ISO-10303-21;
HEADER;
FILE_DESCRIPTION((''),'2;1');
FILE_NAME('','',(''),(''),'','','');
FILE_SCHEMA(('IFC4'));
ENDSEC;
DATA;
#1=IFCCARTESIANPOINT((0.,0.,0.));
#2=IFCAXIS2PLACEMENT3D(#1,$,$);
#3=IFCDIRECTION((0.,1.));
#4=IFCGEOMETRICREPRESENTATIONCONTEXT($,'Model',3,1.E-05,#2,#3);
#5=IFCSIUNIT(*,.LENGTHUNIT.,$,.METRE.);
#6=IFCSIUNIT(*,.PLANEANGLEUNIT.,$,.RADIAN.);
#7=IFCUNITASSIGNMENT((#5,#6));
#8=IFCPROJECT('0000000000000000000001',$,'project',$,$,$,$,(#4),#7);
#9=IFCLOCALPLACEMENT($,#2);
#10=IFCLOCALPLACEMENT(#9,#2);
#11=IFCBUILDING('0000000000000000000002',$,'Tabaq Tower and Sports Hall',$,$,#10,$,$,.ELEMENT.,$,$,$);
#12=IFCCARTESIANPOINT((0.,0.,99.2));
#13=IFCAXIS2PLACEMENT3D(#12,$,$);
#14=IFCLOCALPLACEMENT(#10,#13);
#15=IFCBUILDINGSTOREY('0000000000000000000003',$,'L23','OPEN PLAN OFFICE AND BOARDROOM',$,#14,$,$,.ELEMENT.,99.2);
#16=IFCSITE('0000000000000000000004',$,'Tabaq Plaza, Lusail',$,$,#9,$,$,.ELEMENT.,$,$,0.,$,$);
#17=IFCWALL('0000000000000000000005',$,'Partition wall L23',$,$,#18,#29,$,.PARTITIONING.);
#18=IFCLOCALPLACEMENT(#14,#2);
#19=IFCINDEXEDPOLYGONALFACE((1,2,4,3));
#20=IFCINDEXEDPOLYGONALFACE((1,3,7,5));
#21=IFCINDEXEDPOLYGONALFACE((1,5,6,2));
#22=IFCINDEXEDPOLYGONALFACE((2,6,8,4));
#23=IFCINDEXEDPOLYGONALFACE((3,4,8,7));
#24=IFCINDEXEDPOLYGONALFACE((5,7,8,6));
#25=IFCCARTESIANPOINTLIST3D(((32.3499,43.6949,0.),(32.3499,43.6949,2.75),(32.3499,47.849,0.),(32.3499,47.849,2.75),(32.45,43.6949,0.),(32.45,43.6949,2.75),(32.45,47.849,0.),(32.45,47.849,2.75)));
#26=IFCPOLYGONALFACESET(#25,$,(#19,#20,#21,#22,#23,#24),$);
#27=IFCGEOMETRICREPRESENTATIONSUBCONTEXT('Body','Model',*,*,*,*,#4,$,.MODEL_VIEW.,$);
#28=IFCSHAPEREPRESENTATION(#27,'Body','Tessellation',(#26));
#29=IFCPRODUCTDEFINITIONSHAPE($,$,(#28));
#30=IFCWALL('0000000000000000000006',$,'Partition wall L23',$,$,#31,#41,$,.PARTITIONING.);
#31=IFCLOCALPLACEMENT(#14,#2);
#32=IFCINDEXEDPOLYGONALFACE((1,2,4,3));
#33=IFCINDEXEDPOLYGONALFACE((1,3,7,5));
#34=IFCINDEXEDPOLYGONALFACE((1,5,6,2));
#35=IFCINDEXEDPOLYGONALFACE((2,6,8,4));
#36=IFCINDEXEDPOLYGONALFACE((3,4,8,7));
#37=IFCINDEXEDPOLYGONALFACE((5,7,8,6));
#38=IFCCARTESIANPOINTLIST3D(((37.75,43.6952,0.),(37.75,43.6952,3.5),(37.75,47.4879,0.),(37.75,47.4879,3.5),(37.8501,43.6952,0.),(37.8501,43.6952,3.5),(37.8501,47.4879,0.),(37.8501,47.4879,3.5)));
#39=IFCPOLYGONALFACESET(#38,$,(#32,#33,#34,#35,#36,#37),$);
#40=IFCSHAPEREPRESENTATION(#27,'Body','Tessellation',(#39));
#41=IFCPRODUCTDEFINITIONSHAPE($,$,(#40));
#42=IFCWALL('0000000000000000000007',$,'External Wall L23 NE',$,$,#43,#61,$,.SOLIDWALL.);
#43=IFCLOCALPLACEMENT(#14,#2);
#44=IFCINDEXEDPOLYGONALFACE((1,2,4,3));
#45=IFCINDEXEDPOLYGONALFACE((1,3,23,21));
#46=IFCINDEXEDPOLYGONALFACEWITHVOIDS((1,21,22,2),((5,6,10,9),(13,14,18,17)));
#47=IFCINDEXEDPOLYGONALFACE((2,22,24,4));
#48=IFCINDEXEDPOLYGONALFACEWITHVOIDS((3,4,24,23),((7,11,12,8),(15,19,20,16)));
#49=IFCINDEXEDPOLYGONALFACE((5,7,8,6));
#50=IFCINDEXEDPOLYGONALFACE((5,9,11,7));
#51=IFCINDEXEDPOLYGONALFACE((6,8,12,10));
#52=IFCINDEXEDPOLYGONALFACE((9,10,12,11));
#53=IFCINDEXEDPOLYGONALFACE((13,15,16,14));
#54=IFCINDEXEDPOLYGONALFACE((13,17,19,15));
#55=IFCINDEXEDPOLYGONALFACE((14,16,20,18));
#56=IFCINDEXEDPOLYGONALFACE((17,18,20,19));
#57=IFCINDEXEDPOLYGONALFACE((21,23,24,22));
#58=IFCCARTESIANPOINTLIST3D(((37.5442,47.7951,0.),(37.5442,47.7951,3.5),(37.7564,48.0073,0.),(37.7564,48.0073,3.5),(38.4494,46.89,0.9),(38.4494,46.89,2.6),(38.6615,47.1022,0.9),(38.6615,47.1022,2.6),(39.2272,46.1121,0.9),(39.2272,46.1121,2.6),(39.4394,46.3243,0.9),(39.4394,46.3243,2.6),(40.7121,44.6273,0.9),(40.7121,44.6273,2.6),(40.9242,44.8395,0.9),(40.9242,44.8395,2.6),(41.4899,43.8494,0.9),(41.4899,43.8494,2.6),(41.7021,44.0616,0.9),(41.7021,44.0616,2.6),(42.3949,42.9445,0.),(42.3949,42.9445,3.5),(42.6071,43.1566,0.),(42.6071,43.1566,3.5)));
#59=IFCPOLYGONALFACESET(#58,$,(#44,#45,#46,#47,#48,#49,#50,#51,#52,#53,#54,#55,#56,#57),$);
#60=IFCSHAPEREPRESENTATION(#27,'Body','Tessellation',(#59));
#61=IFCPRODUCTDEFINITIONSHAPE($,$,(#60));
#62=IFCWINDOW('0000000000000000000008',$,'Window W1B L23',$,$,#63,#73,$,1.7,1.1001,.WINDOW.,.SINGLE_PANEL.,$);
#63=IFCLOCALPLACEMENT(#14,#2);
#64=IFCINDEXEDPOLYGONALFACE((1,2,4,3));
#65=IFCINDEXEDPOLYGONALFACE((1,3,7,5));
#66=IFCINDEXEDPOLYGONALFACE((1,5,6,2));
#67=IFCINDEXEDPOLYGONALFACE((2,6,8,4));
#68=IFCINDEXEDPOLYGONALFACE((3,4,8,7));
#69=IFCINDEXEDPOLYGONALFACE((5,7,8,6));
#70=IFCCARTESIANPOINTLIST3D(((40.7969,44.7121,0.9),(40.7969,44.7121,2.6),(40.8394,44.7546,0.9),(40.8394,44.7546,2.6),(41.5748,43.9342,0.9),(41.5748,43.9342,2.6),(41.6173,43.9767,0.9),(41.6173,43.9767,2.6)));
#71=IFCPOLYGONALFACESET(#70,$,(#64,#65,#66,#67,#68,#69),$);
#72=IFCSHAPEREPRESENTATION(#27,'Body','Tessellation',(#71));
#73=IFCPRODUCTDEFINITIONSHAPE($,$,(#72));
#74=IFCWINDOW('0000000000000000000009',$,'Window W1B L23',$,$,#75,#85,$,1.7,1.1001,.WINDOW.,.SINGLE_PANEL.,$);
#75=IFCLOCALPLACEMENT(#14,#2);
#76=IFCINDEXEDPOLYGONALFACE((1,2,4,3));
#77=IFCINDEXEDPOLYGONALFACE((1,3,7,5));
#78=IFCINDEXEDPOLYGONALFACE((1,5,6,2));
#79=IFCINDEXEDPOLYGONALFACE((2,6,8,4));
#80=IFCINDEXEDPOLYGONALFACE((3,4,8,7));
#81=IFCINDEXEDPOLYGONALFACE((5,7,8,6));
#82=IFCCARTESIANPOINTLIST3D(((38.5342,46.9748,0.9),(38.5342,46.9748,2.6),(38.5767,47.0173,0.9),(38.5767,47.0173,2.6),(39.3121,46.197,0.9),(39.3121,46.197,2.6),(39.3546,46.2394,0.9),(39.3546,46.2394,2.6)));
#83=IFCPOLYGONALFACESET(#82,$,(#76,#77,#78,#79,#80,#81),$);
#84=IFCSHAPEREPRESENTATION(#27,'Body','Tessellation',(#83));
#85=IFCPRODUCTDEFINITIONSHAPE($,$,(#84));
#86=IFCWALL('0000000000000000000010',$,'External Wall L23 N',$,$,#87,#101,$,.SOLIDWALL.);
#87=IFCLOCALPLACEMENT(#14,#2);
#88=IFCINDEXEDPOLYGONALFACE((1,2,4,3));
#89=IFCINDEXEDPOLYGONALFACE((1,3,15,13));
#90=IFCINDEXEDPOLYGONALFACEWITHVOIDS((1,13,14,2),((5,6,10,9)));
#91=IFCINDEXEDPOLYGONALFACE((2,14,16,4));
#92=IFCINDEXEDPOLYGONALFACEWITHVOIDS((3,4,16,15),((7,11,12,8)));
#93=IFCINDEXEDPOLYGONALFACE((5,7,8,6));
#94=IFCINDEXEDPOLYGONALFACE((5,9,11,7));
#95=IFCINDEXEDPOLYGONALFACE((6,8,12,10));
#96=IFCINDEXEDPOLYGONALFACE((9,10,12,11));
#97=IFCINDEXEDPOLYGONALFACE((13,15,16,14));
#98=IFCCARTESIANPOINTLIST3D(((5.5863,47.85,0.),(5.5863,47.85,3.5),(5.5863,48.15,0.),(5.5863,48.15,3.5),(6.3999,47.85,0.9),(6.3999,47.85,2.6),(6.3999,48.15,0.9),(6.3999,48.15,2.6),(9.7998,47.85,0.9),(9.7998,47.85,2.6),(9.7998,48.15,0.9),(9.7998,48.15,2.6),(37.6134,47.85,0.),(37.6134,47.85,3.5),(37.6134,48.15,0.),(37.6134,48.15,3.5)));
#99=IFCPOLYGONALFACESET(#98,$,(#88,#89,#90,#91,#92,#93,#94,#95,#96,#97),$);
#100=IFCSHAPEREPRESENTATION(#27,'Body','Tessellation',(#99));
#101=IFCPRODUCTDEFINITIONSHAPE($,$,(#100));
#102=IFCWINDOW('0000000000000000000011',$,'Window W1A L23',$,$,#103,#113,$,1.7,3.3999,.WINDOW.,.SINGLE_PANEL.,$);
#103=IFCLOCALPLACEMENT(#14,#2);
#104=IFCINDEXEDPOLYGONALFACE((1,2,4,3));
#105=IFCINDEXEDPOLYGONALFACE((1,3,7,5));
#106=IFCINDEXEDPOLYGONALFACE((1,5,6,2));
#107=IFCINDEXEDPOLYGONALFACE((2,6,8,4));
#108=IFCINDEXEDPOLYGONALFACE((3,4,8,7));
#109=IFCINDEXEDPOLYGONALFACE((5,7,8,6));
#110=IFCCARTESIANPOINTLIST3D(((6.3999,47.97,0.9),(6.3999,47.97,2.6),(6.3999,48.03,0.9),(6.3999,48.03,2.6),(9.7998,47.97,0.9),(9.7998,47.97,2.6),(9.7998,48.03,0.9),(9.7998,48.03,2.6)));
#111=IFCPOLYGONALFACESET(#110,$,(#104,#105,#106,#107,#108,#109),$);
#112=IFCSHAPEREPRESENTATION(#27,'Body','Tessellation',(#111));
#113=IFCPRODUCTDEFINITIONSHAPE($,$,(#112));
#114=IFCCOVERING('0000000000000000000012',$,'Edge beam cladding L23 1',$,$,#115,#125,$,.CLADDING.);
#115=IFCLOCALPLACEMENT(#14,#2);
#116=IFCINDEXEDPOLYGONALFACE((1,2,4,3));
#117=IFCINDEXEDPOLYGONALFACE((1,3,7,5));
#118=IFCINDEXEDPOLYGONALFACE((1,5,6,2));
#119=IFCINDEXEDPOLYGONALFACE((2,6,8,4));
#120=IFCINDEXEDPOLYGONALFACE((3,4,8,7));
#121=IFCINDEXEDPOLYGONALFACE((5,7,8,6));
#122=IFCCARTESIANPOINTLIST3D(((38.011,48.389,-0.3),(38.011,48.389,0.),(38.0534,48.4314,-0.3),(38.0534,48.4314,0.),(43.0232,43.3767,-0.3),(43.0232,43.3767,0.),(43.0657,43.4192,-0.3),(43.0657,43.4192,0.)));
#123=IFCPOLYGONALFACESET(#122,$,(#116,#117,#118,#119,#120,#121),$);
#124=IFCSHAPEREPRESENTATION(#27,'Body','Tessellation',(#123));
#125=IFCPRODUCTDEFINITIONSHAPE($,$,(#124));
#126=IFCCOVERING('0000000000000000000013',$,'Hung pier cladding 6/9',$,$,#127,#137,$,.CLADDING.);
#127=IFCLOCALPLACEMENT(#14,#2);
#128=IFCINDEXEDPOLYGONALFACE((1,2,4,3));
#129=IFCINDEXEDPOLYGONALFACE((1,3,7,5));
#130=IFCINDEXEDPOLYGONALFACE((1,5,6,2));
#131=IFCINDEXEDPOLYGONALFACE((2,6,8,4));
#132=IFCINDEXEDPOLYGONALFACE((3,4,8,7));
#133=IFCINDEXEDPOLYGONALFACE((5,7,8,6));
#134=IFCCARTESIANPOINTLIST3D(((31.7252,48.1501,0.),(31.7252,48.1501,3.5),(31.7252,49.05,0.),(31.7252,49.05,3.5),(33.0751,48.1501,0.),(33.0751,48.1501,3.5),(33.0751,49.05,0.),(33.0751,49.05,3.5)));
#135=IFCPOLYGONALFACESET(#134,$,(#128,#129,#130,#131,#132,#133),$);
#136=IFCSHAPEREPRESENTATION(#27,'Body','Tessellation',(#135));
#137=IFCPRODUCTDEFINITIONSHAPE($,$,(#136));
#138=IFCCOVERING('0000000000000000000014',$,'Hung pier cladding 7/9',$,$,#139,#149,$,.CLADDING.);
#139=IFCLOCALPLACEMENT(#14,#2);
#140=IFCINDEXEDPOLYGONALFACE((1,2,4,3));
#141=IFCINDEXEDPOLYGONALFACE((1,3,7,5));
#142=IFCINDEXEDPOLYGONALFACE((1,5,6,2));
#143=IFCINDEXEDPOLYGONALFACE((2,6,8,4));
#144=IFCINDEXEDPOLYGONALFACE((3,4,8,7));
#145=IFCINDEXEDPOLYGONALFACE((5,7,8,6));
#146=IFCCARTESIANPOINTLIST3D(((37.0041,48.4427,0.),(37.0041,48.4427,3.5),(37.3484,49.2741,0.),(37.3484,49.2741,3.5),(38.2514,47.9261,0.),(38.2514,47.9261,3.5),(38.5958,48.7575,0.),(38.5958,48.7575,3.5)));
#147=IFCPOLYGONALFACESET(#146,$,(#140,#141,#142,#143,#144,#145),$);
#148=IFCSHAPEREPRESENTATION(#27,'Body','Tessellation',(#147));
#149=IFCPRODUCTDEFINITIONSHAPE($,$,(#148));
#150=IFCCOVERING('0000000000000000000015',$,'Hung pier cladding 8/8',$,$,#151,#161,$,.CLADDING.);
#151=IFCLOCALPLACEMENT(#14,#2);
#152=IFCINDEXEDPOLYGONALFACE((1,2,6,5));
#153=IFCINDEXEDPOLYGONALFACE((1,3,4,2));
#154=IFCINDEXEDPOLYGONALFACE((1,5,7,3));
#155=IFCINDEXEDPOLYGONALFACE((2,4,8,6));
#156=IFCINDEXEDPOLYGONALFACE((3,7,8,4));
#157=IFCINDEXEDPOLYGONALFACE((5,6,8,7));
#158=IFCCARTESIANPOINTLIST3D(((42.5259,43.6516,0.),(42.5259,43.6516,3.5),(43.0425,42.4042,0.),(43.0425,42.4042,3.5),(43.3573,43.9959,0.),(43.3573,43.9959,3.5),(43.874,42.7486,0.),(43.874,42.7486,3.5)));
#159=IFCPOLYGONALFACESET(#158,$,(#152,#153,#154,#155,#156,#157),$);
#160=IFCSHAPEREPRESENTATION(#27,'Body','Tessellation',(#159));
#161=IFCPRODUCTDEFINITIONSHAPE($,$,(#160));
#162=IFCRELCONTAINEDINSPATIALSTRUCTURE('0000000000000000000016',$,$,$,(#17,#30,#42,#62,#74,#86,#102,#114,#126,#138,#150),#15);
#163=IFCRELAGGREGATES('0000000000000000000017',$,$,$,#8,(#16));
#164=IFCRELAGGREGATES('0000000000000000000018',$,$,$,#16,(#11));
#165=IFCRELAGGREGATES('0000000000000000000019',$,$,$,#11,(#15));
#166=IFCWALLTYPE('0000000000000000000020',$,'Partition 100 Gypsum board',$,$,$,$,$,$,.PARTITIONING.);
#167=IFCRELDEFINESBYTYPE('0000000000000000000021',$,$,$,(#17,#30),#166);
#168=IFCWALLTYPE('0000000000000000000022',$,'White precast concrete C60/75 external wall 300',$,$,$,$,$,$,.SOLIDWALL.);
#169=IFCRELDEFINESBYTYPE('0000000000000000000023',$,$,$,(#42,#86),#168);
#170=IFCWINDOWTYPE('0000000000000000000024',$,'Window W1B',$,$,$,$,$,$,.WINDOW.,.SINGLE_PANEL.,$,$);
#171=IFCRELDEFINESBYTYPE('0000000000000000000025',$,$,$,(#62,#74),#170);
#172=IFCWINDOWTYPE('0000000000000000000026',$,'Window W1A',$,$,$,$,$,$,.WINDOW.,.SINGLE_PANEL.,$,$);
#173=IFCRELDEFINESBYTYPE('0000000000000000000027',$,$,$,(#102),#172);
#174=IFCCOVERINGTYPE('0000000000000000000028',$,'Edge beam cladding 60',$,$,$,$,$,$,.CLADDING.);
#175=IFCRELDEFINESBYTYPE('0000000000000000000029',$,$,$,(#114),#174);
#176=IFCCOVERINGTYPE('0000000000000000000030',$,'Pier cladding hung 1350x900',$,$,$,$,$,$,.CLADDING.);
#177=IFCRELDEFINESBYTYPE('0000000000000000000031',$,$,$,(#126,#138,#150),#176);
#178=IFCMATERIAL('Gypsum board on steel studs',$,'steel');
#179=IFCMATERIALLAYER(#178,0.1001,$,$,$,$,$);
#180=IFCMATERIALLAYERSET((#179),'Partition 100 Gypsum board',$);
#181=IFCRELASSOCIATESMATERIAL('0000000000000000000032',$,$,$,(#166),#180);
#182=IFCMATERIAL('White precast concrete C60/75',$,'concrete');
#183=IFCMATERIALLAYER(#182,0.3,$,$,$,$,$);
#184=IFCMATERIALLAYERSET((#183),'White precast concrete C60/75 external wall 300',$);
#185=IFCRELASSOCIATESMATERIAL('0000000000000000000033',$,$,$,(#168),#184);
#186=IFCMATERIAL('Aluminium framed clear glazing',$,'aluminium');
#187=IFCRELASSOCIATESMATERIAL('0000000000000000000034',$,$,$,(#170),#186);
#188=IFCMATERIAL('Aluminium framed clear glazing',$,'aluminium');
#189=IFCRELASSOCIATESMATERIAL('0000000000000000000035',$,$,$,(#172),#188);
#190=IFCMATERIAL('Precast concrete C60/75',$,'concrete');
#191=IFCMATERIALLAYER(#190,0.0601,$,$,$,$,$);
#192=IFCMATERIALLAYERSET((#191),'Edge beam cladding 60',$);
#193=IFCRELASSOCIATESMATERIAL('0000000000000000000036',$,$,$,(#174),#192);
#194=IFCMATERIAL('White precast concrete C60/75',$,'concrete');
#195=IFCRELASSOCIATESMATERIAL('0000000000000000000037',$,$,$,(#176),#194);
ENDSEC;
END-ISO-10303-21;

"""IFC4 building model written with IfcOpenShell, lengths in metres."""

from ifc_helpers import new_model, si_unit, direction, frame, frame_2d, origin, place, context, subcontext, project, spatial, rectangle, extrude, material, layer, layer_set, type_object, element, fill, save


model = new_model("IFC4")

# Units and contexts
model_context = context("Model", 3, precision=1e-05, world=origin(), true_north=direction((0.0, 1.0)))
body_context = subcontext(model_context, "Body", "Model", "MODEL_VIEW")
ifc_project = project(units=[si_unit("LENGTHUNIT", "METRE"), si_unit("PLANEANGLEUNIT", "RADIAN")], contexts=[model_context])

# Site, building, storey
site_placement = place(None, origin())
site = spatial("IfcSite", under=ifc_project, at=site_placement, Name="Tabaq Plaza, Lusail", CompositionType="ELEMENT", RefElevation=0.0)
building_placement = place(site_placement, origin())
building = spatial("IfcBuilding", under=site, at=building_placement, Name="Tabaq Tower and Sports Hall", CompositionType="ELEMENT")
storey_placement = place(building_placement, frame((0.0, 0.0, 99.2)))
storey = spatial("IfcBuildingStorey", under=building, at=storey_placement, Name="L23", Description="OPEN PLAN OFFICE AND BOARDROOM", CompositionType="ELEMENT", Elevation=99.2)

# Shared definitions
ifc_material_1 = material(Name="Gypsum board on steel studs", Category="steel")
ifc_layer_1 = layer(ifc_material_1, 0.1001)
ifc_layer_set_1 = layer_set([ifc_layer_1], Name="Partition 100 Gypsum board")
wall_type_1 = type_object("IfcWallType", Name="Partition 100 Gypsum board", PredefinedType="PARTITIONING", material=ifc_layer_set_1)

# Walls
wall_1_placement = place(storey_placement, frame((32.3999, 47.8491, 0.0), z_axis=(0.0, 0.0, 1.0), x_axis=(0.0, -1.0, 0.0)))
element("IfcWall", 1, at=wall_1_placement, inside=storey, type_object=wall_type_1, Name="Partition wall L23", PredefinedType="PARTITIONING", context=body_context, shape_type="SweptSolid", body=[
    extrude(rectangle(XDim=4.1541, YDim=0.1001, at=frame_2d((2.0771, 0.0))), origin(), (0.0, 0.0, 1.0), 2.75),
])
wall_2_placement = place(storey_placement, frame((37.8, 43.6951, 0.0), z_axis=(0.0, 0.0, 1.0), x_axis=(0.0, 1.0, 0.0)))
element("IfcWall", 2, at=wall_2_placement, inside=storey, type_object=wall_type_1, Name="Partition wall L23", PredefinedType="PARTITIONING", context=body_context, shape_type="SweptSolid", body=[
    extrude(rectangle(XDim=3.7927, YDim=0.1001, at=frame_2d((1.8965, 0.0))), origin(), (0.0, 0.0, 1.0), 3.5),
])

# Wall, openings, windows
ifc_material_2 = material(Name="White precast concrete C60/75", Category="concrete")
ifc_layer_2 = layer(ifc_material_2, 0.3)
ifc_layer_set_2 = layer_set([ifc_layer_2], Name="White precast concrete C60/75 external wall 300")
wall_type_2 = type_object("IfcWallType", Name="White precast concrete C60/75 external wall 300", PredefinedType="SOLIDWALL", material=ifc_layer_set_2)
wall_3_placement = place(storey_placement, frame((42.501, 43.0505, 0.0), z_axis=(0.0, 0.0, 1.0), x_axis=(-0.707107, 0.707107, 0.0)))
wall_3 = element("IfcWall", 3, at=wall_3_placement, inside=storey, type_object=wall_type_2, Name="External Wall L23 NE", PredefinedType="SOLIDWALL", context=body_context, shape_type="SweptSolid", body=[
    extrude(rectangle(XDim=6.8599, YDim=0.3, at=frame_2d((3.4299, 0.0))), origin(), (0.0, 0.0, 1.0), 3.5),
])
opening_1_placement = place(wall_3_placement, frame((1.2798, 0.0, 0.8999)))
opening_1 = element("IfcOpeningElement", 4, at=opening_1_placement, cuts=wall_3, PredefinedType="OPENING", context=body_context, shape_type="SweptSolid", body=[
    extrude(rectangle(XDim=1.1001, YDim=1.7, at=frame_2d((0.55, 0.8501))), frame((0.0, 0.1602, 0.0), z_axis=(0.0, -1.0, 0.0), x_axis=(1.0, 0.0, 0.0)), (0.0, 0.0, 1.0), 0.3201),
])
opening_2_placement = place(wall_3_placement, frame((4.4797, 0.0, 0.8999)))
opening_2 = element("IfcOpeningElement", 5, at=opening_2_placement, cuts=wall_3, PredefinedType="OPENING", context=body_context, shape_type="SweptSolid", body=[
    extrude(rectangle(XDim=1.1001, YDim=1.7, at=frame_2d((0.55, 0.8501))), frame((0.0, 0.1602, 0.0), z_axis=(0.0, -1.0, 0.0), x_axis=(1.0, 0.0, 0.0)), (0.0, 0.0, 1.0), 0.3201),
])
ifc_material_3 = material(Name="Aluminium framed clear glazing", Category="aluminium")
window_type_1 = type_object("IfcWindowType", Name="Window W1B", PartitioningType="SINGLE_PANEL", PredefinedType="WINDOW", material=ifc_material_3)
window_1_placement = place(opening_1_placement, origin())
window_1 = element("IfcWindow", 6, at=window_1_placement, inside=storey, type_object=window_type_1, Name="Window W1B L23", OverallHeight=1.7, OverallWidth=1.1001, PartitioningType="SINGLE_PANEL", PredefinedType="WINDOW", context=body_context, shape_type="SweptSolid", body=[
    extrude(rectangle(XDim=1.1001, YDim=1.7, at=frame_2d((0.55, 0.8501))), frame((0.0, 0.03, 0.0), z_axis=(0.0, -1.0, 0.0), x_axis=(1.0, 0.0, 0.0)), (0.0, 0.0, 1.0), 0.0601),
])
fill(opening_1, window_1)
window_2_placement = place(opening_2_placement, origin())
window_2 = element("IfcWindow", 7, at=window_2_placement, inside=storey, type_object=window_type_1, Name="Window W1B L23", OverallHeight=1.7, OverallWidth=1.1001, PartitioningType="SINGLE_PANEL", PredefinedType="WINDOW", context=body_context, shape_type="SweptSolid", body=[
    extrude(rectangle(XDim=1.1001, YDim=1.7, at=frame_2d((0.55, 0.8501))), frame((0.0, 0.03, 0.0), z_axis=(0.0, -1.0, 0.0), x_axis=(1.0, 0.0, 0.0)), (0.0, 0.0, 1.0), 0.0601),
])
fill(opening_2, window_2)

# Wall, opening, window
wall_4_placement = place(storey_placement, frame((37.6135, 48.0, 0.0), z_axis=(0.0, 0.0, 1.0), x_axis=(-1.0, 0.0, 0.0)))
wall_4 = element("IfcWall", 8, at=wall_4_placement, inside=storey, type_object=wall_type_2, Name="External Wall L23 N", PredefinedType="SOLIDWALL", context=body_context, shape_type="SweptSolid", body=[
    extrude(rectangle(XDim=32.0271, YDim=0.3, at=frame_2d((16.0137, 0.0))), origin(), (0.0, 0.0, 1.0), 3.5),
])
opening_3_placement = place(wall_4_placement, frame((27.8137, 0.0, 0.8999)))
opening_3 = element("IfcOpeningElement", 9, at=opening_3_placement, cuts=wall_4, PredefinedType="OPENING", context=body_context, shape_type="SweptSolid", body=[
    extrude(rectangle(XDim=3.3999, YDim=1.7, at=frame_2d((1.7, 0.8501))), frame((0.0, 0.1602, 0.0), z_axis=(0.0, -1.0, 0.0), x_axis=(1.0, 0.0, 0.0)), (0.0, 0.0, 1.0), 0.3201),
])
ifc_material_4 = material(Name="Aluminium framed clear glazing", Category="aluminium")
window_type_2 = type_object("IfcWindowType", Name="Window W1A", PartitioningType="SINGLE_PANEL", PredefinedType="WINDOW", material=ifc_material_4)
window_3_placement = place(opening_3_placement, origin())
window_3 = element("IfcWindow", 10, at=window_3_placement, inside=storey, type_object=window_type_2, Name="Window W1A L23", OverallHeight=1.7, OverallWidth=3.3999, PartitioningType="SINGLE_PANEL", PredefinedType="WINDOW", context=body_context, shape_type="SweptSolid", body=[
    extrude(rectangle(XDim=3.3999, YDim=1.7, at=frame_2d((1.7, 0.8501))), frame((0.0, 0.03, 0.0), z_axis=(0.0, -1.0, 0.0), x_axis=(1.0, 0.0, 0.0)), (0.0, 0.0, 1.0), 0.0601),
])
fill(opening_3, window_3)

# Coverings
ifc_material_5 = material(Name="Precast concrete C60/75", Category="concrete")
ifc_layer_3 = layer(ifc_material_5, 0.0601)
ifc_layer_set_3 = layer_set([ifc_layer_3], Name="Edge beam cladding 60")
covering_type_1 = type_object("IfcCoveringType", Name="Edge beam cladding 60", PredefinedType="CLADDING", material=ifc_layer_set_3)
covering_1_placement = place(storey_placement, frame((43.0444, 43.3979, -0.3), z_axis=(0.0, 0.0, 1.0), x_axis=(-0.707107, 0.707107, 0.0)))
element("IfcCovering", 11, at=covering_1_placement, inside=storey, type_object=covering_type_1, Name="Edge beam cladding L23 1", PredefinedType="CLADDING", context=body_context, shape_type="SweptSolid", body=[
    extrude(rectangle(XDim=7.0884, YDim=0.0601, at=frame_2d((3.5442, 0.0))), origin(), (0.0, 0.0, 1.0), 0.3),
])
ifc_material_6 = material(Name="White precast concrete C60/75", Category="concrete")
covering_type_2 = type_object("IfcCoveringType", Name="Pier cladding hung 1350x900", PredefinedType="CLADDING", material=ifc_material_6)
covering_2_placement = place(storey_placement, frame((33.075, 48.6001, 0.0), z_axis=(0.0, 0.0, 1.0), x_axis=(-1.0, 0.0, 0.0)))
element("IfcCovering", 12, at=covering_2_placement, inside=storey, type_object=covering_type_2, Name="Hung pier cladding 6/9", PredefinedType="CLADDING", context=body_context, shape_type="SweptSolid", body=[
    extrude(rectangle(XDim=1.3499, YDim=0.8999, at=frame_2d((0.6748, 0.0))), origin(), (0.0, 0.0, 1.0), 3.5),
])
for number, where, z_axis, x_axis, name in (
    (13, (38.4236, 48.3418, 0.0), (0.0, 0.0, 1.0), (-0.923893, 0.38265, 0.0), "Hung pier cladding 7/9"),
    (14, (43.4583, 42.5764, 0.0), (0.0, 0.0, 1.0), (-0.38265, 0.923893, 0.0), "Hung pier cladding 8/8"),
):
    element("IfcCovering", number, at=place(storey_placement, frame(where, z_axis=z_axis, x_axis=x_axis)), inside=storey, type_object=covering_type_2, Name=name, PredefinedType="CLADDING", context=body_context, shape_type="SweptSolid", body=[
        extrude(rectangle(XDim=1.3501, YDim=0.8999, at=frame_2d((0.675, 0.0))), origin(), (0.0, 0.0, 1.0), 3.5),
    ])

save(model, "model.ifc")
